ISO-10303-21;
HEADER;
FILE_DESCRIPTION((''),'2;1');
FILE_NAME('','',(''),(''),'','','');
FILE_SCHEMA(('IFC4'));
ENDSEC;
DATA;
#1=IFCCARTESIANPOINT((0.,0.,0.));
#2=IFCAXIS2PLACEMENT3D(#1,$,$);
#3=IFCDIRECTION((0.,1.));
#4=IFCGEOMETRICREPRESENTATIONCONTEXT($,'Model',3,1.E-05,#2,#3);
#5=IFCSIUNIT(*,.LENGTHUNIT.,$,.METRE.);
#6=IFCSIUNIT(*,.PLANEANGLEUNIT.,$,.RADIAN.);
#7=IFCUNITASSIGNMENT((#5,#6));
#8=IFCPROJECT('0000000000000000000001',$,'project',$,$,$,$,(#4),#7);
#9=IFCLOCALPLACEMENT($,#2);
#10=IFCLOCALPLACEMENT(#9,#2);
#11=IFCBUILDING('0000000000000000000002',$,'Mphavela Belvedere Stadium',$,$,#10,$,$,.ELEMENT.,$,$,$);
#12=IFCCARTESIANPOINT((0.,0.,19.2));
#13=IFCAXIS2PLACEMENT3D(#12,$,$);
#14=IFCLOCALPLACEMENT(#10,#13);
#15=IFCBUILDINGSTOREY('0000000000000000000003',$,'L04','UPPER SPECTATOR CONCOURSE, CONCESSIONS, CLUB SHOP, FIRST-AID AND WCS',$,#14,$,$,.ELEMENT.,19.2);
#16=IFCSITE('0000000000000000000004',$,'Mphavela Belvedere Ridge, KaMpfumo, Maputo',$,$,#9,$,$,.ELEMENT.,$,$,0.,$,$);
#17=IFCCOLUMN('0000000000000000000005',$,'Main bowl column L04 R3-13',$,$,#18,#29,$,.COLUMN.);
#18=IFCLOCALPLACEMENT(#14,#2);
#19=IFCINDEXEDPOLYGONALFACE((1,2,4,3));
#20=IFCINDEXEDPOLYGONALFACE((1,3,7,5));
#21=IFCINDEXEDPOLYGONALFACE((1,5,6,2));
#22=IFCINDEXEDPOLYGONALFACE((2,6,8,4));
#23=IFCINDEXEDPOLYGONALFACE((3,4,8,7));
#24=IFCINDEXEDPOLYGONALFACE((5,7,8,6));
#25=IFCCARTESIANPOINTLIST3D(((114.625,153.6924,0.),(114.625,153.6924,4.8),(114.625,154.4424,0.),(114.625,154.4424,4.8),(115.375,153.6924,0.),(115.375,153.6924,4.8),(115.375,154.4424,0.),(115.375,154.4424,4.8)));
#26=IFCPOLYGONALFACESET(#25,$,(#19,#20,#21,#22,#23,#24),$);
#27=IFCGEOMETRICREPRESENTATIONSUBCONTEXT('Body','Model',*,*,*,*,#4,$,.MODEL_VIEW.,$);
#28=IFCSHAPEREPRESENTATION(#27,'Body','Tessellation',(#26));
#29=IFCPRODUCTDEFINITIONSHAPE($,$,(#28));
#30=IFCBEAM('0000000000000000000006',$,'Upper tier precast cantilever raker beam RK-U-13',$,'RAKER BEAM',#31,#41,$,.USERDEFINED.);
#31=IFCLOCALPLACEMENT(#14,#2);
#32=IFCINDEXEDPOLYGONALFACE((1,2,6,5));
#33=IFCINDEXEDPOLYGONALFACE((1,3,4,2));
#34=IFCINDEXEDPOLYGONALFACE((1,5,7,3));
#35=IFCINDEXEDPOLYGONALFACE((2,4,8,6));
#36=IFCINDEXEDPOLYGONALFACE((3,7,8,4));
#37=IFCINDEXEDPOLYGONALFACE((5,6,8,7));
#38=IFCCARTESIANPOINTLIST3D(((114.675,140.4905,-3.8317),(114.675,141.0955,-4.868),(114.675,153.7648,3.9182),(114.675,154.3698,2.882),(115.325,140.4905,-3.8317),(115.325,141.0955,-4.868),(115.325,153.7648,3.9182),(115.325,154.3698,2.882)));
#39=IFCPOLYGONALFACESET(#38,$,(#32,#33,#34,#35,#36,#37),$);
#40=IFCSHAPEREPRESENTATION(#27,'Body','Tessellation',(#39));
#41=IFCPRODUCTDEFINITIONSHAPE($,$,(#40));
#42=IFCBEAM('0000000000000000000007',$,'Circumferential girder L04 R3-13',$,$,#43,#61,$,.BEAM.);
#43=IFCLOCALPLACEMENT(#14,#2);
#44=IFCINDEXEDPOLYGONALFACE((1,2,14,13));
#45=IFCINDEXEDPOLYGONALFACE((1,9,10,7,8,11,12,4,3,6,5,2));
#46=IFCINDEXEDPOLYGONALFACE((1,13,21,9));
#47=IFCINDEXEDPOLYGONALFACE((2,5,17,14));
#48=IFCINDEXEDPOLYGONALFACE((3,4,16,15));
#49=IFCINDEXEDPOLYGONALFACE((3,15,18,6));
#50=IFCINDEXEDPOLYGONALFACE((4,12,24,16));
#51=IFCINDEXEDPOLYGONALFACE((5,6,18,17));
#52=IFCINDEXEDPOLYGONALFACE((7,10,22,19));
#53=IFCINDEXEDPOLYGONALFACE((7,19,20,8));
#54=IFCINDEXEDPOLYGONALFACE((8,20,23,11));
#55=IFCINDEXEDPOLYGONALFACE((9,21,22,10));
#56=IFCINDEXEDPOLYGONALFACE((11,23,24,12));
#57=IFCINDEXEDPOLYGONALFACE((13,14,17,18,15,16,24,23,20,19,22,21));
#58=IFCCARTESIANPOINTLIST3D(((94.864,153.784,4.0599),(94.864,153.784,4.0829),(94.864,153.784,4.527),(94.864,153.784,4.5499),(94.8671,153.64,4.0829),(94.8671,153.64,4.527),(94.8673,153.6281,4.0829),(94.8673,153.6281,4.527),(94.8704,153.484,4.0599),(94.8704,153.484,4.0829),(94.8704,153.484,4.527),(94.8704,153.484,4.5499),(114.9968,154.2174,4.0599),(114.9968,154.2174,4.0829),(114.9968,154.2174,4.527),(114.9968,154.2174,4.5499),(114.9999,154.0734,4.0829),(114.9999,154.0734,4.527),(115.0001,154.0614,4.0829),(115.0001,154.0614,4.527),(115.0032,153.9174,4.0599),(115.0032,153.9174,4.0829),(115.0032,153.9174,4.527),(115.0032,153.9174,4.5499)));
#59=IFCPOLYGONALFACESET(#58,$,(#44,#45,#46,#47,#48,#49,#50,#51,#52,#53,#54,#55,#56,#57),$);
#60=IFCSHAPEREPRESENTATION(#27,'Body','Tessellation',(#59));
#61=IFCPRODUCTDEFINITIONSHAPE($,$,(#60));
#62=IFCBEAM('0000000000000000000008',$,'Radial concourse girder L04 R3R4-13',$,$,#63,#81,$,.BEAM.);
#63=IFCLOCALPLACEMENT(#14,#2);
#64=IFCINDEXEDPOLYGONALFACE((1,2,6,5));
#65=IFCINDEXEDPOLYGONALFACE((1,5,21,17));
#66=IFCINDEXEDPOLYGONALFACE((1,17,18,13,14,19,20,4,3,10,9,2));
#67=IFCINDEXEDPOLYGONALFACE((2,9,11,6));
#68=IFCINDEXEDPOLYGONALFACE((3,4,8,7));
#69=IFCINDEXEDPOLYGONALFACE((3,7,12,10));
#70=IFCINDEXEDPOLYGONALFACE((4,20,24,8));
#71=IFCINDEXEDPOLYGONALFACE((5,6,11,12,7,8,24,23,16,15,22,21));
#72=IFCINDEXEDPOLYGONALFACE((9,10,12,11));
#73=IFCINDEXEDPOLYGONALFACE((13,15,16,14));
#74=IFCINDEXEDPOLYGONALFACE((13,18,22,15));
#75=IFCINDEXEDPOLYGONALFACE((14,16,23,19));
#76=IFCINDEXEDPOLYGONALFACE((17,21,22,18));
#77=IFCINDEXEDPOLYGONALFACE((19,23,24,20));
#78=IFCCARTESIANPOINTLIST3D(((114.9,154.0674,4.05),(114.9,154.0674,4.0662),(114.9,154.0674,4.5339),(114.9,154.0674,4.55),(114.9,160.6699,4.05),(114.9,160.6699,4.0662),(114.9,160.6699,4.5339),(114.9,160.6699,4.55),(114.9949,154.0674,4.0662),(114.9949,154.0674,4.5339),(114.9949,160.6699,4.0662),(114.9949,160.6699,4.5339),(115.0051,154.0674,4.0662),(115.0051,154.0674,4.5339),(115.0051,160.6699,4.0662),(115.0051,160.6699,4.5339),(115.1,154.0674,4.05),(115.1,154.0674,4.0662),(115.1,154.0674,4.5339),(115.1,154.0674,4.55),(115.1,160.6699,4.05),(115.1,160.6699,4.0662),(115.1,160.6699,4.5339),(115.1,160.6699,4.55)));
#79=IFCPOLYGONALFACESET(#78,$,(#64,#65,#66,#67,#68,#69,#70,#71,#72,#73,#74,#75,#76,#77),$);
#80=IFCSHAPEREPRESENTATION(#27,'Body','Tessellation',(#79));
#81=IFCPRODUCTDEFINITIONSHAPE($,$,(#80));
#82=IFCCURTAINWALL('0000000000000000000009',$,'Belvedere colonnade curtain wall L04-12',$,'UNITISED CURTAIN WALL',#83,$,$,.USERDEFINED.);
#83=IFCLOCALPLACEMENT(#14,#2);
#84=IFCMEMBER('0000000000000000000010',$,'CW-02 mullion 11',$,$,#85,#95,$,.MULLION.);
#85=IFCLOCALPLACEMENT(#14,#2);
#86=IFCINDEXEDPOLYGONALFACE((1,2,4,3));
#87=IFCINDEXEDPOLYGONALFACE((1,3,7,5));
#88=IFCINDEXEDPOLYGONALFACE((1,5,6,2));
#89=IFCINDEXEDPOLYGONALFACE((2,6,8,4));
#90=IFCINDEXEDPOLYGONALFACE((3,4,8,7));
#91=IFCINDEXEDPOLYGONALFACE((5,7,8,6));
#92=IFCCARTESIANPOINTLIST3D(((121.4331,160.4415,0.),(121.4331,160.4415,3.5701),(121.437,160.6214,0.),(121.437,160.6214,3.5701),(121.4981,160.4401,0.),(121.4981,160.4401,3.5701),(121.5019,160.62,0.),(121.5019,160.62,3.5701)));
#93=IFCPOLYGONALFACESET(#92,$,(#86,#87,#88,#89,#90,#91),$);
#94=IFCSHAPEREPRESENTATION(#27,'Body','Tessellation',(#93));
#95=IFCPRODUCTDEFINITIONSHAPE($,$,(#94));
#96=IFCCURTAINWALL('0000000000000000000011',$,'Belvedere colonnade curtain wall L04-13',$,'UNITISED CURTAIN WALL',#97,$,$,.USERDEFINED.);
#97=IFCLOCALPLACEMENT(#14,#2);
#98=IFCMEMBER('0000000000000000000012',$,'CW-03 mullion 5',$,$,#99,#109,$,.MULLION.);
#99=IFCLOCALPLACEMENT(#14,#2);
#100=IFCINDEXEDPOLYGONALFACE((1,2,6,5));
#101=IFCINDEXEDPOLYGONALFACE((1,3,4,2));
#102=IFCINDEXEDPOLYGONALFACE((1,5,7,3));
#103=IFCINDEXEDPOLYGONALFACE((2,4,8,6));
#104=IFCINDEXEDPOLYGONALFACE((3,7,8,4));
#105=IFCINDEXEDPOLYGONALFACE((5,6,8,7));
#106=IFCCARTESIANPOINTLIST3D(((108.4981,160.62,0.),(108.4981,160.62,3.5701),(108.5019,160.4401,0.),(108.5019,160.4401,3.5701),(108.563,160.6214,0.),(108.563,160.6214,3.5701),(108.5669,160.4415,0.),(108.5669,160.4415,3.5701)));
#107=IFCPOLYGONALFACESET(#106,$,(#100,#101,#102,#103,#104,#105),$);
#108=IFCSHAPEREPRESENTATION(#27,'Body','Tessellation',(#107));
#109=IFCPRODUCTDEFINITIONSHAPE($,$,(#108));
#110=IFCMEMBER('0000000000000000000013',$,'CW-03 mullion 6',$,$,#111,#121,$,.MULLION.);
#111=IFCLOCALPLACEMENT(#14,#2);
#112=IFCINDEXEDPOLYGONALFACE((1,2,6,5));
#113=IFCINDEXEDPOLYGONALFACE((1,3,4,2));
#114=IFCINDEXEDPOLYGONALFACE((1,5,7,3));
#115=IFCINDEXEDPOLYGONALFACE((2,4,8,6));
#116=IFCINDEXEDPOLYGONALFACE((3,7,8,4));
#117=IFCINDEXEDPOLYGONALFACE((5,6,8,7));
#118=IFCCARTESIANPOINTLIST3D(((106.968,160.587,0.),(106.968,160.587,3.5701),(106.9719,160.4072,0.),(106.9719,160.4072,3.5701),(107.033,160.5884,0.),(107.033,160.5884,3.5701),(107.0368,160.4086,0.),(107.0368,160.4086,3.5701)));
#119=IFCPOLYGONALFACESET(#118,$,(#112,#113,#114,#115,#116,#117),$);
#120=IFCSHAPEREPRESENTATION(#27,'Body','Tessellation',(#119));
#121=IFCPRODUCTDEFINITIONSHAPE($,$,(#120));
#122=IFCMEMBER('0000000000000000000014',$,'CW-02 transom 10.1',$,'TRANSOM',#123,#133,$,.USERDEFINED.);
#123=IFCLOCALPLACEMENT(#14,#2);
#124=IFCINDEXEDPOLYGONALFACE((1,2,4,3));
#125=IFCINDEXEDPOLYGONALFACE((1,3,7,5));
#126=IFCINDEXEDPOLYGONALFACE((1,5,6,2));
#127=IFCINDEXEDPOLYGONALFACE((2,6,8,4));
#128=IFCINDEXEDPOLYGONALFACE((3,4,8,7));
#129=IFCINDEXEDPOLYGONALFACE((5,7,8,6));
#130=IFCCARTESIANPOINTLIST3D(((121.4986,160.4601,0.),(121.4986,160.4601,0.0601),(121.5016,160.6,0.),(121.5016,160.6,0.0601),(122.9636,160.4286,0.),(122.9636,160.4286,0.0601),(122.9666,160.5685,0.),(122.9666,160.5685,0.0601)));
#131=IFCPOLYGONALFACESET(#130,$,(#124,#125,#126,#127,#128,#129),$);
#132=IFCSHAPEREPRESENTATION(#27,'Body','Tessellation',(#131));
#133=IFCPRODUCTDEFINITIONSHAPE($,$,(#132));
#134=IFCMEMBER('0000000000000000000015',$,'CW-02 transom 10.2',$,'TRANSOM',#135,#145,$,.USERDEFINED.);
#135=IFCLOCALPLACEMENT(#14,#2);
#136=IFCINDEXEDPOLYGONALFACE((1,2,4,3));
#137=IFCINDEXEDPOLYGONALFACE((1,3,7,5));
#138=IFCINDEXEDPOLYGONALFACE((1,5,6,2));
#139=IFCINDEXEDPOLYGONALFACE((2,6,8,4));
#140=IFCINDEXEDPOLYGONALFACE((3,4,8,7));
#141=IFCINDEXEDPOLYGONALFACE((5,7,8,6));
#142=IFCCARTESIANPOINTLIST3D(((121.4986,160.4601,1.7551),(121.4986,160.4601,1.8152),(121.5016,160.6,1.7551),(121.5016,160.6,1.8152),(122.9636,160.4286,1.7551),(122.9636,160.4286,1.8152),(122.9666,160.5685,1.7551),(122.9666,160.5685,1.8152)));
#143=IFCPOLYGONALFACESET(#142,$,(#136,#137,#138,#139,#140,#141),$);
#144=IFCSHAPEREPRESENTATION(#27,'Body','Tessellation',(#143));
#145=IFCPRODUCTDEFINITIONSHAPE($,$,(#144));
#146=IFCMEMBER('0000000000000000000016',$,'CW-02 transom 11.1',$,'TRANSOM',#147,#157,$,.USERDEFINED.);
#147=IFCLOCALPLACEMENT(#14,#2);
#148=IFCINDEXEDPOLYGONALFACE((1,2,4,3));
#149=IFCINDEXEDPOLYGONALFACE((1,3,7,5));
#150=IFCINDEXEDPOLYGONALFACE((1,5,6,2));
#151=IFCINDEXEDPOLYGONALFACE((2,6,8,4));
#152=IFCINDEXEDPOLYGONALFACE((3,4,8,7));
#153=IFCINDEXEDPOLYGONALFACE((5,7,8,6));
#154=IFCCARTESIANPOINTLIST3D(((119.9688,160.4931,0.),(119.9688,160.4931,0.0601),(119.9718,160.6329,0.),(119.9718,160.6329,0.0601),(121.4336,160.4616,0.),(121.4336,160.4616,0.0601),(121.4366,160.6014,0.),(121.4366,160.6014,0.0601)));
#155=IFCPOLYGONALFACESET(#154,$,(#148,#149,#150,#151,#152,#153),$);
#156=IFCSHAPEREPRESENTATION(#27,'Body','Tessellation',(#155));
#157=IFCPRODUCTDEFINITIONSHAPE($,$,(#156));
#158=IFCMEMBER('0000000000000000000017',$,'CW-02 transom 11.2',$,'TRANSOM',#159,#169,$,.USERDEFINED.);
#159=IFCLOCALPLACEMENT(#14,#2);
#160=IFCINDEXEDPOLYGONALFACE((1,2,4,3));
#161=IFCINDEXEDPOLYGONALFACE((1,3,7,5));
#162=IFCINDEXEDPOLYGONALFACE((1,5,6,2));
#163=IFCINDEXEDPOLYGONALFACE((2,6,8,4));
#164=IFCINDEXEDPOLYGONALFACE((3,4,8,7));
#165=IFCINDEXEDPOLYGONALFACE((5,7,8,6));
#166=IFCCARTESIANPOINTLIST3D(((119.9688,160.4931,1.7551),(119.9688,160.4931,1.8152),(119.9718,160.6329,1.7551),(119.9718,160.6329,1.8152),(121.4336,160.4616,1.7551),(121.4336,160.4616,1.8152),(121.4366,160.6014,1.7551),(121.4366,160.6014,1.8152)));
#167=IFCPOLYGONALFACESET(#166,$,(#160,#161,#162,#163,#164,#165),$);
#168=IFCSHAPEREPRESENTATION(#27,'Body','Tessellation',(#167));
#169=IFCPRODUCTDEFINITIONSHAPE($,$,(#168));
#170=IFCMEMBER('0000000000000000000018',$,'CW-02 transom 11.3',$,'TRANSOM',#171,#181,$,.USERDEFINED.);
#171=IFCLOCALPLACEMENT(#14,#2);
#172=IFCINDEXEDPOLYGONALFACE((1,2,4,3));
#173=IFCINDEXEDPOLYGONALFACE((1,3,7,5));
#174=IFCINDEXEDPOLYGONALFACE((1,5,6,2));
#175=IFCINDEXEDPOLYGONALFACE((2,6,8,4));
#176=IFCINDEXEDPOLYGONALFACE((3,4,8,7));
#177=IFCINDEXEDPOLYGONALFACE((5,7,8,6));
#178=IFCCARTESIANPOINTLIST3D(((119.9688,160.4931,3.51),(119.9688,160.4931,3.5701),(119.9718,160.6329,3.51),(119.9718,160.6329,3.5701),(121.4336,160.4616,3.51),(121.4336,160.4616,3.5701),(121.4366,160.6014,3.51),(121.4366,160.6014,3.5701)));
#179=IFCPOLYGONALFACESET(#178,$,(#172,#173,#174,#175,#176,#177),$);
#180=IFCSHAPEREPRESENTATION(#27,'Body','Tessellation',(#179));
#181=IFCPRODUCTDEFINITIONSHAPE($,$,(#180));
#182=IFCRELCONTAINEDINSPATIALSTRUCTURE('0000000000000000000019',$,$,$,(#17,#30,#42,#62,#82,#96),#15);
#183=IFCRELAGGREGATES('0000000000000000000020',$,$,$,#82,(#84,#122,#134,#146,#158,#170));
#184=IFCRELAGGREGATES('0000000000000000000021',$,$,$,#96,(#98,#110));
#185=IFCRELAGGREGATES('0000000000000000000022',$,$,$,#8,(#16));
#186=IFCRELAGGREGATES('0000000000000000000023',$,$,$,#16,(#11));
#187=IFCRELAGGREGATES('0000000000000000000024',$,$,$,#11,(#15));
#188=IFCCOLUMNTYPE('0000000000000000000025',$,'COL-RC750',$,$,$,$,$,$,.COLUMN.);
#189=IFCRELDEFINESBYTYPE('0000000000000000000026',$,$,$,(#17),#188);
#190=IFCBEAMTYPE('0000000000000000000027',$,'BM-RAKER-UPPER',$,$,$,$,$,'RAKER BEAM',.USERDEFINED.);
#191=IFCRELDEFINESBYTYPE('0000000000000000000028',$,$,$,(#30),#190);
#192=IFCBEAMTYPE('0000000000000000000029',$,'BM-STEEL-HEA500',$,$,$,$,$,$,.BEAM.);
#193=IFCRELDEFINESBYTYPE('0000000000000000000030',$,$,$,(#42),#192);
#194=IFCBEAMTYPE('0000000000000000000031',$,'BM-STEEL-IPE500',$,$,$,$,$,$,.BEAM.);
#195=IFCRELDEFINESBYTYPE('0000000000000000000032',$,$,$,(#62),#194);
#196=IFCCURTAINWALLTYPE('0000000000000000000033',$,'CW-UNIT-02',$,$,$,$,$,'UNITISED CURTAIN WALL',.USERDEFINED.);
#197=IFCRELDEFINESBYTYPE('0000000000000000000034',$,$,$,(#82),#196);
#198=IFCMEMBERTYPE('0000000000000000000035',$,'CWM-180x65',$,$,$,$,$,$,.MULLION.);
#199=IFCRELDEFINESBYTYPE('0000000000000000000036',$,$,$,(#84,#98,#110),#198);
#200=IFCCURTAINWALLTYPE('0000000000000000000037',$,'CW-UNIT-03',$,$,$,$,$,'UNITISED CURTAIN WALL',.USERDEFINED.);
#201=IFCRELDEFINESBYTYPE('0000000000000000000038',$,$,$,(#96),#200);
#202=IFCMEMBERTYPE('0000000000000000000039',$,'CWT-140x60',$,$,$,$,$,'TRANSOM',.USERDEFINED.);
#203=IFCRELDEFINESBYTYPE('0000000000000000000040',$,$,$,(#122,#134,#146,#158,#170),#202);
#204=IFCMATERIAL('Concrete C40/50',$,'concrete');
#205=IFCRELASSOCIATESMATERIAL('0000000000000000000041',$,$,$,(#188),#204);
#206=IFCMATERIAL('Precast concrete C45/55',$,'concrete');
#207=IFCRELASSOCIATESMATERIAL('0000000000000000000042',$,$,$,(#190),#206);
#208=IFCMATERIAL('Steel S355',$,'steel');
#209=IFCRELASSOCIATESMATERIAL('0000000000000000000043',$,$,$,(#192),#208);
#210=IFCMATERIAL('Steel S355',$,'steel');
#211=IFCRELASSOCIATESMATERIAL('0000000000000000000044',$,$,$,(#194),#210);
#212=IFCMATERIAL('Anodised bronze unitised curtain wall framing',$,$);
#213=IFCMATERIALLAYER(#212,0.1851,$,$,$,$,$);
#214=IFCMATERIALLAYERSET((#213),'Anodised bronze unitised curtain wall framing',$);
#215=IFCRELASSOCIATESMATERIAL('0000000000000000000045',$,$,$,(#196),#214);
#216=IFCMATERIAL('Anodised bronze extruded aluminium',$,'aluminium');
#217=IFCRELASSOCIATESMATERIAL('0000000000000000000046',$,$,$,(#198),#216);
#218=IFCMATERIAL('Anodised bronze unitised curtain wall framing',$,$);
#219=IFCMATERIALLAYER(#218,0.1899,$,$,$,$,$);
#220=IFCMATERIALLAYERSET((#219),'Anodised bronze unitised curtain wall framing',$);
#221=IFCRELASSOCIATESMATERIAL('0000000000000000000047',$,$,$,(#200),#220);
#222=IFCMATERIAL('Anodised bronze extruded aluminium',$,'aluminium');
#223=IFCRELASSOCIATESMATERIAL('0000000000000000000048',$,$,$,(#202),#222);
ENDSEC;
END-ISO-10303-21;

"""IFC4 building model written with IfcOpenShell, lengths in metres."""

from ifc_helpers import new_model, si_unit, direction, frame, origin, origin_2d, place, context, subcontext, project, spatial, rectangle, i_section, extrude, material, layer, layer_set, material_profile, profile_set, type_object, element, aggregate, save


model = new_model("IFC4")

# Units and contexts
model_context = context("Model", 3, precision=1e-05, world=origin(), true_north=direction((0.0, 1.0)))
body_context = subcontext(model_context, "Body", "Model", "MODEL_VIEW")
ifc_project = project(units=[si_unit("LENGTHUNIT", "METRE"), si_unit("PLANEANGLEUNIT", "RADIAN")], contexts=[model_context])

# Site, building, storey
site_placement = place(None, origin())
site = spatial("IfcSite", under=ifc_project, at=site_placement, Name="Mphavela Belvedere Ridge, KaMpfumo, Maputo", CompositionType="ELEMENT", RefElevation=0.0)
building_placement = place(site_placement, origin())
building = spatial("IfcBuilding", under=site, at=building_placement, Name="Mphavela Belvedere Stadium", CompositionType="ELEMENT")
storey_placement = place(building_placement, frame((0.0, 0.0, 19.2)))
storey = spatial("IfcBuildingStorey", under=building, at=storey_placement, Name="L04", Description="UPPER SPECTATOR CONCOURSE, CONCESSIONS, CLUB SHOP, FIRST-AID AND WCS", CompositionType="ELEMENT", Elevation=19.2)

# Column
ifc_material_1 = material(Name="Concrete C40/50", Category="concrete")
ifc_material_profile_1 = material_profile(ifc_material_1, rectangle(XDim=0.75, YDim=0.75, at=origin_2d()), Name="RC 750x750")
ifc_profile_set_1 = profile_set([ifc_material_profile_1], Name="Concrete C40/50")
column_type = type_object("IfcColumnType", Name="COL-RC750", PredefinedType="COLUMN", material=ifc_profile_set_1)
column_placement = place(storey_placement, frame((115.0, 154.0674, 0.0), z_axis=(0.0, 0.0, 1.0), x_axis=(0.0, 1.0, 0.0)))
element("IfcColumn", 1, at=column_placement, inside=storey, type_object=column_type, Name="Main bowl column L04 R3-13", PredefinedType="COLUMN", context=body_context, shape_type="SweptSolid", body=[
    extrude(rectangle(XDim=0.75, YDim=0.75, at=origin_2d()), origin(), (0.0, 0.0, 1.0), 4.8),
])

# Beams
ifc_material_2 = material(Name="Precast concrete C45/55", Category="concrete")
ifc_material_profile_2 = material_profile(ifc_material_2, rectangle(XDim=0.6499, YDim=1.2, at=origin_2d()), Name="PC 650x1200")
ifc_profile_set_2 = profile_set([ifc_material_profile_2], Name="Precast concrete C45/55")
beam_type_1 = type_object("IfcBeamType", Name="BM-RAKER-UPPER", ElementType="RAKER BEAM", PredefinedType="USERDEFINED", material=ifc_profile_set_2)
beam_1_placement = place(storey_placement, frame((115.0, 140.793, -4.3499), z_axis=(0.0, 0.863592, 0.504191), x_axis=(-1.0, 0.0, 0.0)))
element("IfcBeam", 2, at=beam_1_placement, inside=storey, type_object=beam_type_1, Name="Upper tier precast cantilever raker beam RK-U-13", ObjectType="RAKER BEAM", PredefinedType="USERDEFINED", context=body_context, shape_type="SweptSolid", body=[
    extrude(rectangle(XDim=0.6499, YDim=1.2, at=origin_2d()), origin(), (0.0, 0.0, 1.0), 15.3711),
])
ifc_material_3 = material(Name="Steel S355", Category="steel")
ifc_material_profile_3 = material_profile(ifc_material_3, i_section(OverallWidth=0.3, OverallDepth=0.49, WebThickness=0.012, FlangeThickness=0.0229, at=origin_2d()), Name="HEA 500")
ifc_profile_set_3 = profile_set([ifc_material_profile_3], Name="Steel S355")
beam_type_2 = type_object("IfcBeamType", Name="BM-STEEL-HEA500", PredefinedType="BEAM", material=ifc_profile_set_3)
beam_2_placement = place(storey_placement, frame((115.0, 154.0674, 4.3049), z_axis=(-0.999768, -0.02152, 0.0), x_axis=(0.02152, -0.999768, 0.0)))
element("IfcBeam", 3, at=beam_2_placement, inside=storey, type_object=beam_type_2, Name="Circumferential girder L04 R3-13", PredefinedType="BEAM", context=body_context, shape_type="SweptSolid", body=[
    extrude(i_section(OverallWidth=0.3, OverallDepth=0.49, WebThickness=0.012, FlangeThickness=0.0229, at=origin_2d()), origin(), (0.0, 0.0, 1.0), 20.1375),
])
ifc_material_4 = material(Name="Steel S355", Category="steel")
ifc_material_profile_4 = material_profile(ifc_material_4, i_section(OverallWidth=0.2, OverallDepth=0.5, WebThickness=0.0103, FlangeThickness=0.0161, at=origin_2d()), Name="IPE 500")
ifc_profile_set_4 = profile_set([ifc_material_profile_4], Name="Steel S355")
beam_type_3 = type_object("IfcBeamType", Name="BM-STEEL-IPE500", PredefinedType="BEAM", material=ifc_profile_set_4)
beam_3_placement = place(storey_placement, frame((115.0, 154.0674, 4.3), z_axis=(0.0, 1.0, 0.0), x_axis=(-1.0, 0.0, 0.0)))
element("IfcBeam", 4, at=beam_3_placement, inside=storey, type_object=beam_type_3, Name="Radial concourse girder L04 R3R4-13", PredefinedType="BEAM", context=body_context, shape_type="SweptSolid", body=[
    extrude(i_section(OverallWidth=0.2, OverallDepth=0.5, WebThickness=0.0103, FlangeThickness=0.0161, at=origin_2d()), origin(), (0.0, 0.0, 1.0), 6.6025),
])

# Curtain wall, member
ifc_material_5 = material(Name="Anodised bronze unitised curtain wall framing")
ifc_layer_1 = layer(ifc_material_5, 0.1851)
ifc_layer_set_1 = layer_set([ifc_layer_1], Name="Anodised bronze unitised curtain wall framing")
curtain_wall_type_1 = type_object("IfcCurtainWallType", Name="CW-UNIT-02", ElementType="UNITISED CURTAIN WALL", PredefinedType="USERDEFINED", material=ifc_layer_set_1)
curtain_wall_1_placement = place(storey_placement, origin())
curtain_wall_1 = element("IfcCurtainWall", 5, at=curtain_wall_1_placement, inside=storey, type_object=curtain_wall_type_1, Name="Belvedere colonnade curtain wall L04-12", ObjectType="UNITISED CURTAIN WALL", PredefinedType="USERDEFINED")
ifc_material_6 = material(Name="Anodised bronze extruded aluminium", Category="aluminium")
ifc_material_profile_5 = material_profile(ifc_material_6, rectangle(XDim=0.1799, YDim=0.0649, at=origin_2d()), Name="CW-MUL 180x65")
ifc_profile_set_5 = profile_set([ifc_material_profile_5], Name="Anodised bronze extruded aluminium")
member_type_1 = type_object("IfcMemberType", Name="CWM-180x65", PredefinedType="MULLION", material=ifc_profile_set_5)
member_1_placement = place(storey_placement, frame((121.4675, 160.5308, 0.0), z_axis=(0.0, 0.0, 1.0), x_axis=(-0.021527, -0.999768, 0.0)))
member_1 = element("IfcMember", 6, at=member_1_placement, type_object=member_type_1, Name="CW-02 mullion 11", PredefinedType="MULLION", context=body_context, shape_type="SweptSolid", body=[
    extrude(rectangle(XDim=0.1799, YDim=0.0649, at=origin_2d()), origin(), (0.0, 0.0, 1.0), 3.5701),
])

# Curtain wall, members
ifc_material_7 = material(Name="Anodised bronze unitised curtain wall framing")
ifc_layer_2 = layer(ifc_material_7, 0.1899)
ifc_layer_set_2 = layer_set([ifc_layer_2], Name="Anodised bronze unitised curtain wall framing")
curtain_wall_type_2 = type_object("IfcCurtainWallType", Name="CW-UNIT-03", ElementType="UNITISED CURTAIN WALL", PredefinedType="USERDEFINED", material=ifc_layer_set_2)
curtain_wall_2_placement = place(storey_placement, origin())
curtain_wall_2 = element("IfcCurtainWall", 7, at=curtain_wall_2_placement, inside=storey, type_object=curtain_wall_type_2, Name="Belvedere colonnade curtain wall L04-13", ObjectType="UNITISED CURTAIN WALL", PredefinedType="USERDEFINED")
member_2_placement = place(storey_placement, frame((108.5325, 160.5308, 0.0), z_axis=(0.0, 0.0, 1.0), x_axis=(0.021527, -0.999768, 0.0)))
member_2 = element("IfcMember", 8, at=member_2_placement, type_object=member_type_1, Name="CW-03 mullion 5", PredefinedType="MULLION", context=body_context, shape_type="SweptSolid", body=[
    extrude(rectangle(XDim=0.1799, YDim=0.0649, at=origin_2d()), origin(), (0.0, 0.0, 1.0), 3.5701),
])
member_3_placement = place(storey_placement, frame((107.0024, 160.4978, 0.0), z_axis=(0.0, 0.0, 1.0), x_axis=(0.021527, -0.999768, 0.0)))
member_3 = element("IfcMember", 9, at=member_3_placement, type_object=member_type_1, Name="CW-03 mullion 6", PredefinedType="MULLION", context=body_context, shape_type="SweptSolid", body=[
    extrude(rectangle(XDim=0.1799, YDim=0.0649, at=origin_2d()), origin(), (0.0, 0.0, 1.0), 3.5701),
])

# Members
ifc_material_8 = material(Name="Anodised bronze extruded aluminium", Category="aluminium")
ifc_material_profile_6 = material_profile(ifc_material_8, rectangle(XDim=0.1399, YDim=0.0601, at=origin_2d()), Name="CW-TRN 140x60")
ifc_profile_set_6 = profile_set([ifc_material_profile_6], Name="Anodised bronze extruded aluminium")
member_type_2 = type_object("IfcMemberType", Name="CWT-140x60", ElementType="TRANSOM", PredefinedType="USERDEFINED", material=ifc_profile_set_6)
member_4_placement = place(storey_placement, frame((122.9651, 160.4985, 0.03), z_axis=(-0.999769, 0.021491, 0.0), x_axis=(-0.021491, -0.999769, 0.0)))
member_4 = element("IfcMember", 10, at=member_4_placement, type_object=member_type_2, Name="CW-02 transom 10.1", ObjectType="TRANSOM", PredefinedType="USERDEFINED", context=body_context, shape_type="SweptSolid", body=[
    extrude(rectangle(XDim=0.1399, YDim=0.0601, at=origin_2d()), origin(), (0.0, 0.0, 1.0), 1.4653),
])
member_5_placement = place(storey_placement, frame((122.9651, 160.4985, 1.7852), z_axis=(-0.999769, 0.021491, 0.0), x_axis=(-0.021491, -0.999769, 0.0)))
member_5 = element("IfcMember", 11, at=member_5_placement, type_object=member_type_2, Name="CW-02 transom 10.2", ObjectType="TRANSOM", PredefinedType="USERDEFINED", context=body_context, shape_type="SweptSolid", body=[
    extrude(rectangle(XDim=0.1399, YDim=0.0601, at=origin_2d()), origin(), (0.0, 0.0, 1.0), 1.4653),
])
member_6_placement = place(storey_placement, frame((121.4351, 160.5315, 0.03), z_axis=(-0.999769, 0.021495, 0.0), x_axis=(-0.021495, -0.999769, 0.0)))
member_6 = element("IfcMember", 12, at=member_6_placement, type_object=member_type_2, Name="CW-02 transom 11.1", ObjectType="TRANSOM", PredefinedType="USERDEFINED", context=body_context, shape_type="SweptSolid", body=[
    extrude(rectangle(XDim=0.1399, YDim=0.0601, at=origin_2d()), origin(), (0.0, 0.0, 1.0), 1.4651),
])
member_7_placement = place(storey_placement, frame((121.4351, 160.5315, 1.7852), z_axis=(-0.999769, 0.021495, 0.0), x_axis=(-0.021495, -0.999769, 0.0)))
member_7 = element("IfcMember", 13, at=member_7_placement, type_object=member_type_2, Name="CW-02 transom 11.2", ObjectType="TRANSOM", PredefinedType="USERDEFINED", context=body_context, shape_type="SweptSolid", body=[
    extrude(rectangle(XDim=0.1399, YDim=0.0601, at=origin_2d()), origin(), (0.0, 0.0, 1.0), 1.4651),
])
member_8_placement = place(storey_placement, frame((121.4351, 160.5315, 3.54), z_axis=(-0.999769, 0.021495, 0.0), x_axis=(-0.021495, -0.999769, 0.0)))
member_8 = element("IfcMember", 14, at=member_8_placement, type_object=member_type_2, Name="CW-02 transom 11.3", ObjectType="TRANSOM", PredefinedType="USERDEFINED", context=body_context, shape_type="SweptSolid", body=[
    extrude(rectangle(XDim=0.1399, YDim=0.0601, at=origin_2d()), origin(), (0.0, 0.0, 1.0), 1.4651),
])

aggregate(curtain_wall_1, [member_1, member_4, member_5, member_6, member_7, member_8])
aggregate(curtain_wall_2, [member_2, member_3])

save(model, "model.ifc")
